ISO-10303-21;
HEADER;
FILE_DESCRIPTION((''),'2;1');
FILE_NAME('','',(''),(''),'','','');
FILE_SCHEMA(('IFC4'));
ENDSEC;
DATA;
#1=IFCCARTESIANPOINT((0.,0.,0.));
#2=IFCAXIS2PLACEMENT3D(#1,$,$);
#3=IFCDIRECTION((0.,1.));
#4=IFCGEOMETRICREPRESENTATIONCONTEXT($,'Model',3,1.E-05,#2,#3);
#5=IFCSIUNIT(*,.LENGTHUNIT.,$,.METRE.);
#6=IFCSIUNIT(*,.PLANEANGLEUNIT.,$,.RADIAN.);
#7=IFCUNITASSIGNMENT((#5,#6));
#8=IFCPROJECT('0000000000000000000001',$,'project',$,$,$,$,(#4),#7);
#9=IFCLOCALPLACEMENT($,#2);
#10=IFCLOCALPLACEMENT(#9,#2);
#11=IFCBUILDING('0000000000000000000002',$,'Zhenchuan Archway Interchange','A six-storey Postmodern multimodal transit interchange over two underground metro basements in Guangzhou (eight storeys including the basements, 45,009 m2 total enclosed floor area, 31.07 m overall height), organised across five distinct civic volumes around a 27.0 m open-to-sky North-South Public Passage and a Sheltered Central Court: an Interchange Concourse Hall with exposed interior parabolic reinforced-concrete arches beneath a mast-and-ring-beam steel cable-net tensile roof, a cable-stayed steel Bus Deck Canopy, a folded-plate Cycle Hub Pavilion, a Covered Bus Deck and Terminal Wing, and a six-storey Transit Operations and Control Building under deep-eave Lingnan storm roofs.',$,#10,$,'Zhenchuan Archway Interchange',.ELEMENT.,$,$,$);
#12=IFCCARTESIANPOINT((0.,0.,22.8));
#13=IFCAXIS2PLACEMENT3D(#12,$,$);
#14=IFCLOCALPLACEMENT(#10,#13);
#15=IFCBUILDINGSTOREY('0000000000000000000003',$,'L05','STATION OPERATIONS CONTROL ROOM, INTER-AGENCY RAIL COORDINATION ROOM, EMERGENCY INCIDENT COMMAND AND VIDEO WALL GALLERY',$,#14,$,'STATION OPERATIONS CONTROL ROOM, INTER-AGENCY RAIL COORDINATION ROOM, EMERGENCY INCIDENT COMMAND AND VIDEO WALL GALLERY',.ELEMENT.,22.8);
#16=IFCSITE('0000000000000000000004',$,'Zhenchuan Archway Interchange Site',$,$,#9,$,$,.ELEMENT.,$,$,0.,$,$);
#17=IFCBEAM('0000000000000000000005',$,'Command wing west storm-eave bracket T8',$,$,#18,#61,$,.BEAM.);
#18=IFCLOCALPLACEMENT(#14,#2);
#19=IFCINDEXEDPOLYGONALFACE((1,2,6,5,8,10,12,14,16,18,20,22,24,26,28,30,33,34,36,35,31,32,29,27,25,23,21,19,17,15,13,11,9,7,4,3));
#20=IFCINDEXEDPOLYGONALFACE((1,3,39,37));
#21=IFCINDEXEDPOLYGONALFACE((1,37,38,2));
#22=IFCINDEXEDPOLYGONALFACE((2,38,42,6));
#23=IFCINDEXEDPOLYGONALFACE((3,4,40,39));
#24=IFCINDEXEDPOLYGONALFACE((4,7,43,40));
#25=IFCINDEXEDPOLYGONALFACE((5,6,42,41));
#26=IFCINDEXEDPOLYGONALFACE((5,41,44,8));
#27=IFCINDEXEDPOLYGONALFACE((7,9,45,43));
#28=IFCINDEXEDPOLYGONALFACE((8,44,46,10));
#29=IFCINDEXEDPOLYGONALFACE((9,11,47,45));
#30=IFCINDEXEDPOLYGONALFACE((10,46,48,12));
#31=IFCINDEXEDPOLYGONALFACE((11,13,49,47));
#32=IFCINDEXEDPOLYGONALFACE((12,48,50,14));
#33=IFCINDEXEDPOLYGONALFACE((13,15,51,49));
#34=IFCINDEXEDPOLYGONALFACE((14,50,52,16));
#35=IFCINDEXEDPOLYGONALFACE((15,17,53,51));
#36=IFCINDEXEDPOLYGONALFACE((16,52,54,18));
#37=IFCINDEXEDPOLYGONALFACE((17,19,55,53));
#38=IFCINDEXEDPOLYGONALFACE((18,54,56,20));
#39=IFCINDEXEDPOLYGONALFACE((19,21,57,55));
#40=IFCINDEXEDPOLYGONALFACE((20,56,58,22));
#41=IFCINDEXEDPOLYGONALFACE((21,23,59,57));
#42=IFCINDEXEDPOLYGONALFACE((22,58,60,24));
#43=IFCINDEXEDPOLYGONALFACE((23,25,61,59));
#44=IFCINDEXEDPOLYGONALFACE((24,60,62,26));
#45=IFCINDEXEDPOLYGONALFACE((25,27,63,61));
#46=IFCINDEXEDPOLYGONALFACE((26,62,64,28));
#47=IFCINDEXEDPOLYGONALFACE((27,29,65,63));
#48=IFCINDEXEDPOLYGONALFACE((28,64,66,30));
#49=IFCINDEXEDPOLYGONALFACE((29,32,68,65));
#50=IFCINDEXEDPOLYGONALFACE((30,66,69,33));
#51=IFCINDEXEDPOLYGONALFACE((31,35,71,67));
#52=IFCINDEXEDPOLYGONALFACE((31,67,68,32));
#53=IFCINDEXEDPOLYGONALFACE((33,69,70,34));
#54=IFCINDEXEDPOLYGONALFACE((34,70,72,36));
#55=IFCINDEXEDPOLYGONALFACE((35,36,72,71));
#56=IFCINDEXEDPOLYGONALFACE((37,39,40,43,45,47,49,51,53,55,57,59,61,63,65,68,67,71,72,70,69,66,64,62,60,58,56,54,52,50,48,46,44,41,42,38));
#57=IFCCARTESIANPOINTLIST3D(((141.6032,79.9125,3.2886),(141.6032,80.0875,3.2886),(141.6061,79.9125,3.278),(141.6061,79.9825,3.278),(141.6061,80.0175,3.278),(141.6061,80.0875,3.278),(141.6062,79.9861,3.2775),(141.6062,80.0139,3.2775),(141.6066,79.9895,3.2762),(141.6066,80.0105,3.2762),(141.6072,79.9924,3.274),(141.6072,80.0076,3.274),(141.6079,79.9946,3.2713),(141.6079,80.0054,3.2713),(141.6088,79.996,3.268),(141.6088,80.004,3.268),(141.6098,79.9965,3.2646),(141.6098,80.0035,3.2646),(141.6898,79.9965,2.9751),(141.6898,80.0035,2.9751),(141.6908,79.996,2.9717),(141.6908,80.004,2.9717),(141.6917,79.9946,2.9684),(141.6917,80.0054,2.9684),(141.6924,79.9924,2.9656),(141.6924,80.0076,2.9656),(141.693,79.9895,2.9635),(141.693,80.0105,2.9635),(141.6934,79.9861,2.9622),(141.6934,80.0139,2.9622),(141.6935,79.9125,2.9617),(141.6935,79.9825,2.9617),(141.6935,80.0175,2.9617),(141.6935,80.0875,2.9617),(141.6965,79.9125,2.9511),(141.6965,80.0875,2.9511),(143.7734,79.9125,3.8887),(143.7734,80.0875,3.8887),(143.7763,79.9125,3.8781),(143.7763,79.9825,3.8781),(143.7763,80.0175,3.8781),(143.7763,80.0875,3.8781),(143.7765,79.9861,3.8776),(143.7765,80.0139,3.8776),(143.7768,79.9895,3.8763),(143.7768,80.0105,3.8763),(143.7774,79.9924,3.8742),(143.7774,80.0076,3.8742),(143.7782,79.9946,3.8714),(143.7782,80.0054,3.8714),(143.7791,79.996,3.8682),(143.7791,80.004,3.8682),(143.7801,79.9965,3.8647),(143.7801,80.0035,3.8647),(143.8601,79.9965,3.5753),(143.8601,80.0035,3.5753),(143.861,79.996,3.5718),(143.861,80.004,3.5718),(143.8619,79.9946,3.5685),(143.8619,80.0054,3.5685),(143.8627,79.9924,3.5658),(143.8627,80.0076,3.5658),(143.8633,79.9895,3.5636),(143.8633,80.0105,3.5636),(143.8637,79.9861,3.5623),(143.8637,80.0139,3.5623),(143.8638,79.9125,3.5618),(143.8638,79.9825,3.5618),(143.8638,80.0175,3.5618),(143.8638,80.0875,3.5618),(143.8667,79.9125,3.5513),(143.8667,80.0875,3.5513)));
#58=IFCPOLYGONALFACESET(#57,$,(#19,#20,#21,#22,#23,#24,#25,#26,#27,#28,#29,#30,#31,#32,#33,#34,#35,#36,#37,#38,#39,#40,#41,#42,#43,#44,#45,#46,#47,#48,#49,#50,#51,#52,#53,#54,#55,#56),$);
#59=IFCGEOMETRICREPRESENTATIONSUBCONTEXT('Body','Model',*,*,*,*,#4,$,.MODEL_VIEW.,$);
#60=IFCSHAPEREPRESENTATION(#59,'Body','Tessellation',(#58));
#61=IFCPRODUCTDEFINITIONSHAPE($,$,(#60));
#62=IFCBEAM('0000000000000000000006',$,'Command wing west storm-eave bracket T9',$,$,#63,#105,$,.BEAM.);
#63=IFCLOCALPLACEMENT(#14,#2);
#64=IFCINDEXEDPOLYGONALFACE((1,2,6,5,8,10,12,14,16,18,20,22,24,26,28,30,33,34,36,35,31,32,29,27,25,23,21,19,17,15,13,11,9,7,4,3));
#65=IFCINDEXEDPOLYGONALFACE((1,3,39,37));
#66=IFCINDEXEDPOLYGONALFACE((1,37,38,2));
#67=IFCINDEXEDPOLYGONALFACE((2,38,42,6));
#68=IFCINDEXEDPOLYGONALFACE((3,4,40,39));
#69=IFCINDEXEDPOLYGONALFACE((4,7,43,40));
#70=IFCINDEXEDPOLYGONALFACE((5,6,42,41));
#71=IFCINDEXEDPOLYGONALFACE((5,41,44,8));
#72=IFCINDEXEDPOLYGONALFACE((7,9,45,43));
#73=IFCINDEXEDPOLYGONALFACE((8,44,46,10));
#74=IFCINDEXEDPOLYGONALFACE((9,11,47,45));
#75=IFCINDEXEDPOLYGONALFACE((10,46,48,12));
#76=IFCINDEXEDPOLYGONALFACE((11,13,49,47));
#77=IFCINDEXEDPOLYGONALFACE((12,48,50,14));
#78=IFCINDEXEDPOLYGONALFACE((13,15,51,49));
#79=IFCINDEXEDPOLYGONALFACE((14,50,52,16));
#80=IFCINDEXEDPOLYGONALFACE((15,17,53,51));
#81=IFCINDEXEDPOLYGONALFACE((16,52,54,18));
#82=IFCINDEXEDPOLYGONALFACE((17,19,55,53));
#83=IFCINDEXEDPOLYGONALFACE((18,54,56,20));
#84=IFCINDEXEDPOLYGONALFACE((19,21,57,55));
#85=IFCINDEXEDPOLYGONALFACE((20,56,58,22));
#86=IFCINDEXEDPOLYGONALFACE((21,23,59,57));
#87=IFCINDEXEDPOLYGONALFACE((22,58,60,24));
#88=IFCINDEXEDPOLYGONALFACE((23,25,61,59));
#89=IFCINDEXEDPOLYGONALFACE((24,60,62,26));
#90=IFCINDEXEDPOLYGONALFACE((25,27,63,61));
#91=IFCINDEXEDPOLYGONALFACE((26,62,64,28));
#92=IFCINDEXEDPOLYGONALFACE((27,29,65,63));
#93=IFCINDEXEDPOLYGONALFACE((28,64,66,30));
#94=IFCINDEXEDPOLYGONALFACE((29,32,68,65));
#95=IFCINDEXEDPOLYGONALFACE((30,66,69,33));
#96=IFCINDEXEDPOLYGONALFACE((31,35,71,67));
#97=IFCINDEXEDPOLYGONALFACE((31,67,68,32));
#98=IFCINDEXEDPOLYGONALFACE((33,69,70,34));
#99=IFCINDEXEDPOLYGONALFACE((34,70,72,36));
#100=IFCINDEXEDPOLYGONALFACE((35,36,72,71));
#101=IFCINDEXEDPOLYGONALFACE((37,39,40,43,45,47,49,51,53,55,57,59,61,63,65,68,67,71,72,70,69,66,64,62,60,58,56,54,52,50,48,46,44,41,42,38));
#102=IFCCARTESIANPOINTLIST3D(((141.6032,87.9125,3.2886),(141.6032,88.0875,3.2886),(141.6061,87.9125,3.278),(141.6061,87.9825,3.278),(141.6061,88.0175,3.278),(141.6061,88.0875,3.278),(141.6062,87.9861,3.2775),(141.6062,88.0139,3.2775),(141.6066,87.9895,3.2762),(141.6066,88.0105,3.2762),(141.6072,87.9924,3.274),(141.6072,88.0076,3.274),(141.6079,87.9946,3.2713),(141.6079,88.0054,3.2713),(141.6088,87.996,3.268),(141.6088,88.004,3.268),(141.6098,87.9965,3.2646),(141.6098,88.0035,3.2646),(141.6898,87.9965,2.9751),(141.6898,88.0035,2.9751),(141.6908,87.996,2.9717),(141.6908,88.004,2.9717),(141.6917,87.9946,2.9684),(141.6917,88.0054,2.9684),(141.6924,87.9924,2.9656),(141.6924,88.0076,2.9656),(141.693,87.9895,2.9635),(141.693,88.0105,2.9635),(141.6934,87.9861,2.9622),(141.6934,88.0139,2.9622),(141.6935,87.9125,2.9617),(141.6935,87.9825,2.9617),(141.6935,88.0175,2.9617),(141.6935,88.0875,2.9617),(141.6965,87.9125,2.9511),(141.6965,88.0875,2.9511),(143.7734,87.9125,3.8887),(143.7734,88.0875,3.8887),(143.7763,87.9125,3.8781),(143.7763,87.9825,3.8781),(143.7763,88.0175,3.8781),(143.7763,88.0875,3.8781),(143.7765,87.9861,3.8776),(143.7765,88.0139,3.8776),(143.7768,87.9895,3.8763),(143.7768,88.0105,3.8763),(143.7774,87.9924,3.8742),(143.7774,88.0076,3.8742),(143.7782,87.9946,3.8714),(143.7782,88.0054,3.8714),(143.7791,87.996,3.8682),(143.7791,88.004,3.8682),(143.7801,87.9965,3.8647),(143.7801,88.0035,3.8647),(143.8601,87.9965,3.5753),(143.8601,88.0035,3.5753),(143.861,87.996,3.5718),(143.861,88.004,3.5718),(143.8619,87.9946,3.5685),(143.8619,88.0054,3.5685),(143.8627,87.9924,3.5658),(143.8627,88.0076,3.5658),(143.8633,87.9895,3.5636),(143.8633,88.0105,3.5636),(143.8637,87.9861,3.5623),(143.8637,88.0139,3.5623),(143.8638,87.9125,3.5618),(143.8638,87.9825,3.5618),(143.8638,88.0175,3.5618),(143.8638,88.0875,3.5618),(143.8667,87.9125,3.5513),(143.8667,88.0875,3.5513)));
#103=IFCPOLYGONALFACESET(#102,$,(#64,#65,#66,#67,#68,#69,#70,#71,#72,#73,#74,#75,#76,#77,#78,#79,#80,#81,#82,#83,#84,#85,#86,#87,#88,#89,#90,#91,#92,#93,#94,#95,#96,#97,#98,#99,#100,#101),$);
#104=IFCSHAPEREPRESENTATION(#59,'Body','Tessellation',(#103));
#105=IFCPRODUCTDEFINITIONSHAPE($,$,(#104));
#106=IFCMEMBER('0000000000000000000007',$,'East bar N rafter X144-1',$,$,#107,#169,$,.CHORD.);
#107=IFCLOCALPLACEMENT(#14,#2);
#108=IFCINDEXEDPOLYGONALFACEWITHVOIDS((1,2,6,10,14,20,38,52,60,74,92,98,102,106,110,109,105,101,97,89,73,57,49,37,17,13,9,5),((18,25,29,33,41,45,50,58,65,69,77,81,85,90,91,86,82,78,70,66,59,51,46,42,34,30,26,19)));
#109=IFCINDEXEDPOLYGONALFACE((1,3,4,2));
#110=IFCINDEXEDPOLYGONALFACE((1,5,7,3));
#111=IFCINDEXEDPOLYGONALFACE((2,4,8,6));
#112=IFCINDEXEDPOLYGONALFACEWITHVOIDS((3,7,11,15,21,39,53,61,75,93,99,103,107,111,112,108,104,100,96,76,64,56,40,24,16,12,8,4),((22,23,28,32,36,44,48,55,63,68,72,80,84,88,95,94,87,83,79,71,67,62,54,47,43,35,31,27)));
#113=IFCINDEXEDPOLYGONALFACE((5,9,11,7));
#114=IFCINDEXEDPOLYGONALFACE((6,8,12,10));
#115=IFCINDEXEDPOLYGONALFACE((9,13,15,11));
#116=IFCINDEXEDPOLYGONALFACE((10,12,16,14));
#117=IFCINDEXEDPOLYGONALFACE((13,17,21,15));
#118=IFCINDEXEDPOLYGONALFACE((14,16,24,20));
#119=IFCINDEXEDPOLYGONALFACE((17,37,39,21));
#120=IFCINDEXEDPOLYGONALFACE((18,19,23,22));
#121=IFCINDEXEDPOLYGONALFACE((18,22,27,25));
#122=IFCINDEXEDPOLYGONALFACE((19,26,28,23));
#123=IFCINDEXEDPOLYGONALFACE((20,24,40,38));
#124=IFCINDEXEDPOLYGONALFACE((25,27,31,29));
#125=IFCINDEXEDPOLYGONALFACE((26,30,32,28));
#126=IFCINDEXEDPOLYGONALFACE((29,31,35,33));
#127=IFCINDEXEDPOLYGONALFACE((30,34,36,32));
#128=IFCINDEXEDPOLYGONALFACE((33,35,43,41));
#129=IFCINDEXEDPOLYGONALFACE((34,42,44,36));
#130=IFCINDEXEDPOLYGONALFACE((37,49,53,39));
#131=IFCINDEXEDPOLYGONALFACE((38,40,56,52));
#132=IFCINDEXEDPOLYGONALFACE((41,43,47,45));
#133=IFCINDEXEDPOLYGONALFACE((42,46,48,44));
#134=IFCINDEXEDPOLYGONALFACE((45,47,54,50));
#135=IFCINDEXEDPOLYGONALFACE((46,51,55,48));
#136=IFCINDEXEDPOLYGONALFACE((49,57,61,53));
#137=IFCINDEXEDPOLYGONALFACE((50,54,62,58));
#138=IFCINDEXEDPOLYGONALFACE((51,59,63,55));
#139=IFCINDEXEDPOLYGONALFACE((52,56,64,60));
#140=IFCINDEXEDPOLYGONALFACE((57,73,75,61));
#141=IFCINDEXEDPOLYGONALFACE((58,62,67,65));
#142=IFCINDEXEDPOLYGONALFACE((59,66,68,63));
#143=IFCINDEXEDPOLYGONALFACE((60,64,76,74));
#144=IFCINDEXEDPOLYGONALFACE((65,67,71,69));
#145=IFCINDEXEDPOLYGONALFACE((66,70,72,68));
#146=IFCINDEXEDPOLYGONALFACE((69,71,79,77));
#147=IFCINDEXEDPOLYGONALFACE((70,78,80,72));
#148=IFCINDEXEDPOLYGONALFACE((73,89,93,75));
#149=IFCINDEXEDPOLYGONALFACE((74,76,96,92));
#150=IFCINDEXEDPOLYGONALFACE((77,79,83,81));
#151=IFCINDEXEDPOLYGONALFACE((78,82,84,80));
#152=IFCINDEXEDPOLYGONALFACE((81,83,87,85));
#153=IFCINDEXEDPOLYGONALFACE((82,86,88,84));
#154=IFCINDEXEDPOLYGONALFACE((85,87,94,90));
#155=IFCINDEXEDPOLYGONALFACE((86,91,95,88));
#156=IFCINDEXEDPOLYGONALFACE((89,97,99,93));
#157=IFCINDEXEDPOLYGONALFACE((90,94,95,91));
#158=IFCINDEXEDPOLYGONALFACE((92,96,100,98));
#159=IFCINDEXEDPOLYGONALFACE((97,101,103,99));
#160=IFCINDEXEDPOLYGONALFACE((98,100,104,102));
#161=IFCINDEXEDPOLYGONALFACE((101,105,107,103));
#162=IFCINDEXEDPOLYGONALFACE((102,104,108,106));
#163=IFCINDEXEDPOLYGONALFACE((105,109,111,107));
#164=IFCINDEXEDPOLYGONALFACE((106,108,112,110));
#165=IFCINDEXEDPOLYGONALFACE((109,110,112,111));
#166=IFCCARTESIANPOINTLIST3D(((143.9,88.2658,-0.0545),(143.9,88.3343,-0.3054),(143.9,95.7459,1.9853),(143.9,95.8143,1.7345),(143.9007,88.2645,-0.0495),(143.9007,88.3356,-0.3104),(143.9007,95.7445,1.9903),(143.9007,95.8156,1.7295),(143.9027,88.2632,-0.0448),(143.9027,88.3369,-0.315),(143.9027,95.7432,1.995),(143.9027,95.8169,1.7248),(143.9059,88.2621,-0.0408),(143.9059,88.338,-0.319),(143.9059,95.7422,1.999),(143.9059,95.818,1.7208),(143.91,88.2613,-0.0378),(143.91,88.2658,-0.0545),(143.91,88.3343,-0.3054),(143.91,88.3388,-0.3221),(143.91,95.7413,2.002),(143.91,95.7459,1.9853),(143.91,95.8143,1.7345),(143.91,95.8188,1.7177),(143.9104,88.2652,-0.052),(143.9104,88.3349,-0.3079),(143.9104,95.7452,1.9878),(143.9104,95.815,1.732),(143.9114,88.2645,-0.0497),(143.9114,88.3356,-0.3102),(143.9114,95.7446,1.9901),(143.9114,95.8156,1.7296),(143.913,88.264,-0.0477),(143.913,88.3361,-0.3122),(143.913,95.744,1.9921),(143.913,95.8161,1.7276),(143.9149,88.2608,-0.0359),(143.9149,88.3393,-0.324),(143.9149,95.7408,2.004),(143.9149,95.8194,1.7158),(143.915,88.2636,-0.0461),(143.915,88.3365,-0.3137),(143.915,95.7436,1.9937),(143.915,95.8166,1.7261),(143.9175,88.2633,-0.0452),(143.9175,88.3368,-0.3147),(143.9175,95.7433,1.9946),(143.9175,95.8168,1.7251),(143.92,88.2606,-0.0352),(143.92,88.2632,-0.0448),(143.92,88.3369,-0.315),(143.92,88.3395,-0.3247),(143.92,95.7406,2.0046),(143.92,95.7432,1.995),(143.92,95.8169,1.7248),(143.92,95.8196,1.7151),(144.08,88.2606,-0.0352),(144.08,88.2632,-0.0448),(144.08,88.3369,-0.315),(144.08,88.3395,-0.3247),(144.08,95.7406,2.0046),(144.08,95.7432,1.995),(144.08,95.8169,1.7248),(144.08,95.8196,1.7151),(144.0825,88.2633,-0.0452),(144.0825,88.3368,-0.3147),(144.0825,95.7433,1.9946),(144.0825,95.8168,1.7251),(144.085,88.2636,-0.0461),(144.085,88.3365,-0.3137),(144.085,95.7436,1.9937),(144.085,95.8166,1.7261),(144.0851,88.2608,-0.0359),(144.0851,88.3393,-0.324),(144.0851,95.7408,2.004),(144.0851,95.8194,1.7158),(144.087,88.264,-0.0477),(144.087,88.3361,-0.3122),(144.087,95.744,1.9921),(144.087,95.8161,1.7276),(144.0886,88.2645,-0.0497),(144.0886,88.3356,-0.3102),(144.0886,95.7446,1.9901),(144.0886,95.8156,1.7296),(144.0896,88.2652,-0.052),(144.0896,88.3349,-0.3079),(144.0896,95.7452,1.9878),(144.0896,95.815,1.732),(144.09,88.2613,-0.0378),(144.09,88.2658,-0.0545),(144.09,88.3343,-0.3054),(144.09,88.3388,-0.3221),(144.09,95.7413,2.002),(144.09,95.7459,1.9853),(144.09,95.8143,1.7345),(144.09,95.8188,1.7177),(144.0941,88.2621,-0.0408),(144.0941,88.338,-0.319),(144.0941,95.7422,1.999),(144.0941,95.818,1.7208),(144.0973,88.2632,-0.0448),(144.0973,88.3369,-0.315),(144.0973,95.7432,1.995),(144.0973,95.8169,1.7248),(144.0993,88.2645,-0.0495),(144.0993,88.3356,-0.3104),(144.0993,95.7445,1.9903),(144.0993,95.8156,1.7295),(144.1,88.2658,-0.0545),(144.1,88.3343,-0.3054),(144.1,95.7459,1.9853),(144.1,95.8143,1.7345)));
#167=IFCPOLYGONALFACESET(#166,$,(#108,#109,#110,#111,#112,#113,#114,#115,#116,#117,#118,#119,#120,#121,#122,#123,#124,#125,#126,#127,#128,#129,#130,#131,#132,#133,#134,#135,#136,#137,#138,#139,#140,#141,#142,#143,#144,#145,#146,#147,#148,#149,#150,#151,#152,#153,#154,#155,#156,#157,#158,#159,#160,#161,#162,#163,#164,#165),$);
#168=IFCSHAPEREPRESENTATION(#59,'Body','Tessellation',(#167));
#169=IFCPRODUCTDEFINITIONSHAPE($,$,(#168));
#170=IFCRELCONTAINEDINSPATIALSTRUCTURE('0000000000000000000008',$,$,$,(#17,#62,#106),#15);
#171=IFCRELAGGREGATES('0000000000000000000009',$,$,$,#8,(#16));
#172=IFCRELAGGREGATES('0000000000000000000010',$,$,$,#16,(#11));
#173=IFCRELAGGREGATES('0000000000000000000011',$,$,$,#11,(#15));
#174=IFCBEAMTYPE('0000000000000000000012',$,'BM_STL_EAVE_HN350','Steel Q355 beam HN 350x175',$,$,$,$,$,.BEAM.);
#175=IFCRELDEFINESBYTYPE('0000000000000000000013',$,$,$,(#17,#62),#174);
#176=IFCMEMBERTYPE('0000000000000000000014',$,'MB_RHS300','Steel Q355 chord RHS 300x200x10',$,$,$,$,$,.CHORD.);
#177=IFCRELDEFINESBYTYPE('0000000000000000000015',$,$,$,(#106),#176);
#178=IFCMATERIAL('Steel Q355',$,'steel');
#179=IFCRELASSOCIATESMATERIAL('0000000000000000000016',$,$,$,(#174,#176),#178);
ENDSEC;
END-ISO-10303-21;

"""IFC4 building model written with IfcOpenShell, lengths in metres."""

from ifc_helpers import new_model, si_unit, direction, frame, origin, origin_2d, place, context, subcontext, project, spatial, hollow_rectangle, i_section, extrude, material, material_profile, profile_set, type_object, element, save


model = new_model("IFC4")

# Units and contexts
model_context = context("Model", 3, precision=1e-05, world=origin(), true_north=direction((0.0, 1.0)))
body_context = subcontext(model_context, "Body", "Model", "MODEL_VIEW")
ifc_project = project(units=[si_unit("LENGTHUNIT", "METRE"), si_unit("PLANEANGLEUNIT", "RADIAN")], contexts=[model_context])

# Site, building, storey
site_placement = place(None, origin())
site = spatial("IfcSite", under=ifc_project, at=site_placement, Name="Zhenchuan Archway Interchange Site", CompositionType="ELEMENT", RefElevation=0.0)
building_placement = place(site_placement, origin())
building = spatial("IfcBuilding", under=site, at=building_placement, Name="Zhenchuan Archway Interchange", Description="A six-storey Postmodern multimodal transit interchange over two underground metro basements in Guangzhou (eight storeys including the basements, 45,009 m2 total enclosed floor area, 31.07 m overall height), organised across five distinct civic volumes around a 27.0 m open-to-sky North-South Public Passage and a Sheltered Central Court: an Interchange Concourse Hall with exposed interior parabolic reinforced-concrete arches beneath a mast-and-ring-beam steel cable-net tensile roof, a cable-stayed steel Bus Deck Canopy, a folded-plate Cycle Hub Pavilion, a Covered Bus Deck and Terminal Wing, and a six-storey Transit Operations and Control Building under deep-eave Lingnan storm roofs.", LongName="Zhenchuan Archway Interchange", CompositionType="ELEMENT")
storey_placement = place(building_placement, frame((0.0, 0.0, 22.8)))
storey = spatial("IfcBuildingStorey", under=building, at=storey_placement, Name="L05", Description="STATION OPERATIONS CONTROL ROOM, INTER-AGENCY RAIL COORDINATION ROOM, EMERGENCY INCIDENT COMMAND AND VIDEO WALL GALLERY", LongName="STATION OPERATIONS CONTROL ROOM, INTER-AGENCY RAIL COORDINATION ROOM, EMERGENCY INCIDENT COMMAND AND VIDEO WALL GALLERY", CompositionType="ELEMENT", Elevation=22.8)

# Shared definitions
ifc_material_1 = material(Name="Steel Q355", Category="steel")

# Beams
ifc_material_profile_1 = material_profile(ifc_material_1, i_section(OverallWidth=0.175, OverallDepth=0.3501, WebThickness=0.0071, FlangeThickness=0.011, FilletRadius=0.0139, at=origin_2d()), Name="HN 350x175")
ifc_profile_set_1 = profile_set([ifc_material_profile_1], Name="Steel Q355")
beam_type_1 = type_object("IfcBeamType", Name="BM_STL_EAVE_HN350", Description="Steel Q355 beam HN 350x175", PredefinedType="BEAM", material=ifc_profile_set_1)
for number, where, z_axis, x_axis, name in (
    (1, (143.8201, 80.0, 3.72), (-0.963829, 0.0, -0.26652), (0.0, -1.0, 0.0), "Command wing west storm-eave bracket T8"),
    (2, (143.8201, 88.0, 3.72), (-0.963829, 0.0, -0.26652), (0.0, -1.0, 0.0), "Command wing west storm-eave bracket T9"),
):
    element("IfcBeam", number, at=place(storey_placement, frame(where, z_axis=z_axis, x_axis=x_axis)), inside=storey, type_object=beam_type_1, Name=name, PredefinedType="BEAM", context=body_context, shape_type="SweptSolid", body=[
        extrude(i_section(OverallWidth=0.175, OverallDepth=0.3501, WebThickness=0.0071, FlangeThickness=0.011, FilletRadius=0.0139, at=origin_2d()), origin(), (0.0, 0.0, 1.0), 2.2517),
    ])

# Member
ifc_material_profile_2 = material_profile(ifc_material_1, hollow_rectangle(XDim=0.2, YDim=0.3, WallThickness=0.01, InnerFilletRadius=0.01, OuterFilletRadius=0.02, at=origin_2d()), Name="RHS 300x200x10")
ifc_profile_set_2 = profile_set([ifc_material_profile_2], Name="Steel Q355")
member_type = type_object("IfcMemberType", Name="MB_RHS300", Description="Steel Q355 chord RHS 300x200x10", PredefinedType="CHORD", material=ifc_profile_set_2)
for number, where, z_axis, x_axis, name in (
    (3, (144.0, 88.3, -0.1799), (0.0, 0.96477, 0.263093), (-1.0, 0.0, 0.0), "East bar N rafter X144-1"),
):
    element("IfcMember", number, at=place(storey_placement, frame(where, z_axis=z_axis, x_axis=x_axis)), inside=storey, type_object=member_type, Name=name, PredefinedType="CHORD", context=body_context, shape_type="SweptSolid", body=[
        extrude(hollow_rectangle(XDim=0.2, YDim=0.3, WallThickness=0.01, InnerFilletRadius=0.01, OuterFilletRadius=0.02, at=origin_2d()), origin(), (0.0, 0.0, 1.0), 7.7532),
    ])

save(model, "model.ifc")
